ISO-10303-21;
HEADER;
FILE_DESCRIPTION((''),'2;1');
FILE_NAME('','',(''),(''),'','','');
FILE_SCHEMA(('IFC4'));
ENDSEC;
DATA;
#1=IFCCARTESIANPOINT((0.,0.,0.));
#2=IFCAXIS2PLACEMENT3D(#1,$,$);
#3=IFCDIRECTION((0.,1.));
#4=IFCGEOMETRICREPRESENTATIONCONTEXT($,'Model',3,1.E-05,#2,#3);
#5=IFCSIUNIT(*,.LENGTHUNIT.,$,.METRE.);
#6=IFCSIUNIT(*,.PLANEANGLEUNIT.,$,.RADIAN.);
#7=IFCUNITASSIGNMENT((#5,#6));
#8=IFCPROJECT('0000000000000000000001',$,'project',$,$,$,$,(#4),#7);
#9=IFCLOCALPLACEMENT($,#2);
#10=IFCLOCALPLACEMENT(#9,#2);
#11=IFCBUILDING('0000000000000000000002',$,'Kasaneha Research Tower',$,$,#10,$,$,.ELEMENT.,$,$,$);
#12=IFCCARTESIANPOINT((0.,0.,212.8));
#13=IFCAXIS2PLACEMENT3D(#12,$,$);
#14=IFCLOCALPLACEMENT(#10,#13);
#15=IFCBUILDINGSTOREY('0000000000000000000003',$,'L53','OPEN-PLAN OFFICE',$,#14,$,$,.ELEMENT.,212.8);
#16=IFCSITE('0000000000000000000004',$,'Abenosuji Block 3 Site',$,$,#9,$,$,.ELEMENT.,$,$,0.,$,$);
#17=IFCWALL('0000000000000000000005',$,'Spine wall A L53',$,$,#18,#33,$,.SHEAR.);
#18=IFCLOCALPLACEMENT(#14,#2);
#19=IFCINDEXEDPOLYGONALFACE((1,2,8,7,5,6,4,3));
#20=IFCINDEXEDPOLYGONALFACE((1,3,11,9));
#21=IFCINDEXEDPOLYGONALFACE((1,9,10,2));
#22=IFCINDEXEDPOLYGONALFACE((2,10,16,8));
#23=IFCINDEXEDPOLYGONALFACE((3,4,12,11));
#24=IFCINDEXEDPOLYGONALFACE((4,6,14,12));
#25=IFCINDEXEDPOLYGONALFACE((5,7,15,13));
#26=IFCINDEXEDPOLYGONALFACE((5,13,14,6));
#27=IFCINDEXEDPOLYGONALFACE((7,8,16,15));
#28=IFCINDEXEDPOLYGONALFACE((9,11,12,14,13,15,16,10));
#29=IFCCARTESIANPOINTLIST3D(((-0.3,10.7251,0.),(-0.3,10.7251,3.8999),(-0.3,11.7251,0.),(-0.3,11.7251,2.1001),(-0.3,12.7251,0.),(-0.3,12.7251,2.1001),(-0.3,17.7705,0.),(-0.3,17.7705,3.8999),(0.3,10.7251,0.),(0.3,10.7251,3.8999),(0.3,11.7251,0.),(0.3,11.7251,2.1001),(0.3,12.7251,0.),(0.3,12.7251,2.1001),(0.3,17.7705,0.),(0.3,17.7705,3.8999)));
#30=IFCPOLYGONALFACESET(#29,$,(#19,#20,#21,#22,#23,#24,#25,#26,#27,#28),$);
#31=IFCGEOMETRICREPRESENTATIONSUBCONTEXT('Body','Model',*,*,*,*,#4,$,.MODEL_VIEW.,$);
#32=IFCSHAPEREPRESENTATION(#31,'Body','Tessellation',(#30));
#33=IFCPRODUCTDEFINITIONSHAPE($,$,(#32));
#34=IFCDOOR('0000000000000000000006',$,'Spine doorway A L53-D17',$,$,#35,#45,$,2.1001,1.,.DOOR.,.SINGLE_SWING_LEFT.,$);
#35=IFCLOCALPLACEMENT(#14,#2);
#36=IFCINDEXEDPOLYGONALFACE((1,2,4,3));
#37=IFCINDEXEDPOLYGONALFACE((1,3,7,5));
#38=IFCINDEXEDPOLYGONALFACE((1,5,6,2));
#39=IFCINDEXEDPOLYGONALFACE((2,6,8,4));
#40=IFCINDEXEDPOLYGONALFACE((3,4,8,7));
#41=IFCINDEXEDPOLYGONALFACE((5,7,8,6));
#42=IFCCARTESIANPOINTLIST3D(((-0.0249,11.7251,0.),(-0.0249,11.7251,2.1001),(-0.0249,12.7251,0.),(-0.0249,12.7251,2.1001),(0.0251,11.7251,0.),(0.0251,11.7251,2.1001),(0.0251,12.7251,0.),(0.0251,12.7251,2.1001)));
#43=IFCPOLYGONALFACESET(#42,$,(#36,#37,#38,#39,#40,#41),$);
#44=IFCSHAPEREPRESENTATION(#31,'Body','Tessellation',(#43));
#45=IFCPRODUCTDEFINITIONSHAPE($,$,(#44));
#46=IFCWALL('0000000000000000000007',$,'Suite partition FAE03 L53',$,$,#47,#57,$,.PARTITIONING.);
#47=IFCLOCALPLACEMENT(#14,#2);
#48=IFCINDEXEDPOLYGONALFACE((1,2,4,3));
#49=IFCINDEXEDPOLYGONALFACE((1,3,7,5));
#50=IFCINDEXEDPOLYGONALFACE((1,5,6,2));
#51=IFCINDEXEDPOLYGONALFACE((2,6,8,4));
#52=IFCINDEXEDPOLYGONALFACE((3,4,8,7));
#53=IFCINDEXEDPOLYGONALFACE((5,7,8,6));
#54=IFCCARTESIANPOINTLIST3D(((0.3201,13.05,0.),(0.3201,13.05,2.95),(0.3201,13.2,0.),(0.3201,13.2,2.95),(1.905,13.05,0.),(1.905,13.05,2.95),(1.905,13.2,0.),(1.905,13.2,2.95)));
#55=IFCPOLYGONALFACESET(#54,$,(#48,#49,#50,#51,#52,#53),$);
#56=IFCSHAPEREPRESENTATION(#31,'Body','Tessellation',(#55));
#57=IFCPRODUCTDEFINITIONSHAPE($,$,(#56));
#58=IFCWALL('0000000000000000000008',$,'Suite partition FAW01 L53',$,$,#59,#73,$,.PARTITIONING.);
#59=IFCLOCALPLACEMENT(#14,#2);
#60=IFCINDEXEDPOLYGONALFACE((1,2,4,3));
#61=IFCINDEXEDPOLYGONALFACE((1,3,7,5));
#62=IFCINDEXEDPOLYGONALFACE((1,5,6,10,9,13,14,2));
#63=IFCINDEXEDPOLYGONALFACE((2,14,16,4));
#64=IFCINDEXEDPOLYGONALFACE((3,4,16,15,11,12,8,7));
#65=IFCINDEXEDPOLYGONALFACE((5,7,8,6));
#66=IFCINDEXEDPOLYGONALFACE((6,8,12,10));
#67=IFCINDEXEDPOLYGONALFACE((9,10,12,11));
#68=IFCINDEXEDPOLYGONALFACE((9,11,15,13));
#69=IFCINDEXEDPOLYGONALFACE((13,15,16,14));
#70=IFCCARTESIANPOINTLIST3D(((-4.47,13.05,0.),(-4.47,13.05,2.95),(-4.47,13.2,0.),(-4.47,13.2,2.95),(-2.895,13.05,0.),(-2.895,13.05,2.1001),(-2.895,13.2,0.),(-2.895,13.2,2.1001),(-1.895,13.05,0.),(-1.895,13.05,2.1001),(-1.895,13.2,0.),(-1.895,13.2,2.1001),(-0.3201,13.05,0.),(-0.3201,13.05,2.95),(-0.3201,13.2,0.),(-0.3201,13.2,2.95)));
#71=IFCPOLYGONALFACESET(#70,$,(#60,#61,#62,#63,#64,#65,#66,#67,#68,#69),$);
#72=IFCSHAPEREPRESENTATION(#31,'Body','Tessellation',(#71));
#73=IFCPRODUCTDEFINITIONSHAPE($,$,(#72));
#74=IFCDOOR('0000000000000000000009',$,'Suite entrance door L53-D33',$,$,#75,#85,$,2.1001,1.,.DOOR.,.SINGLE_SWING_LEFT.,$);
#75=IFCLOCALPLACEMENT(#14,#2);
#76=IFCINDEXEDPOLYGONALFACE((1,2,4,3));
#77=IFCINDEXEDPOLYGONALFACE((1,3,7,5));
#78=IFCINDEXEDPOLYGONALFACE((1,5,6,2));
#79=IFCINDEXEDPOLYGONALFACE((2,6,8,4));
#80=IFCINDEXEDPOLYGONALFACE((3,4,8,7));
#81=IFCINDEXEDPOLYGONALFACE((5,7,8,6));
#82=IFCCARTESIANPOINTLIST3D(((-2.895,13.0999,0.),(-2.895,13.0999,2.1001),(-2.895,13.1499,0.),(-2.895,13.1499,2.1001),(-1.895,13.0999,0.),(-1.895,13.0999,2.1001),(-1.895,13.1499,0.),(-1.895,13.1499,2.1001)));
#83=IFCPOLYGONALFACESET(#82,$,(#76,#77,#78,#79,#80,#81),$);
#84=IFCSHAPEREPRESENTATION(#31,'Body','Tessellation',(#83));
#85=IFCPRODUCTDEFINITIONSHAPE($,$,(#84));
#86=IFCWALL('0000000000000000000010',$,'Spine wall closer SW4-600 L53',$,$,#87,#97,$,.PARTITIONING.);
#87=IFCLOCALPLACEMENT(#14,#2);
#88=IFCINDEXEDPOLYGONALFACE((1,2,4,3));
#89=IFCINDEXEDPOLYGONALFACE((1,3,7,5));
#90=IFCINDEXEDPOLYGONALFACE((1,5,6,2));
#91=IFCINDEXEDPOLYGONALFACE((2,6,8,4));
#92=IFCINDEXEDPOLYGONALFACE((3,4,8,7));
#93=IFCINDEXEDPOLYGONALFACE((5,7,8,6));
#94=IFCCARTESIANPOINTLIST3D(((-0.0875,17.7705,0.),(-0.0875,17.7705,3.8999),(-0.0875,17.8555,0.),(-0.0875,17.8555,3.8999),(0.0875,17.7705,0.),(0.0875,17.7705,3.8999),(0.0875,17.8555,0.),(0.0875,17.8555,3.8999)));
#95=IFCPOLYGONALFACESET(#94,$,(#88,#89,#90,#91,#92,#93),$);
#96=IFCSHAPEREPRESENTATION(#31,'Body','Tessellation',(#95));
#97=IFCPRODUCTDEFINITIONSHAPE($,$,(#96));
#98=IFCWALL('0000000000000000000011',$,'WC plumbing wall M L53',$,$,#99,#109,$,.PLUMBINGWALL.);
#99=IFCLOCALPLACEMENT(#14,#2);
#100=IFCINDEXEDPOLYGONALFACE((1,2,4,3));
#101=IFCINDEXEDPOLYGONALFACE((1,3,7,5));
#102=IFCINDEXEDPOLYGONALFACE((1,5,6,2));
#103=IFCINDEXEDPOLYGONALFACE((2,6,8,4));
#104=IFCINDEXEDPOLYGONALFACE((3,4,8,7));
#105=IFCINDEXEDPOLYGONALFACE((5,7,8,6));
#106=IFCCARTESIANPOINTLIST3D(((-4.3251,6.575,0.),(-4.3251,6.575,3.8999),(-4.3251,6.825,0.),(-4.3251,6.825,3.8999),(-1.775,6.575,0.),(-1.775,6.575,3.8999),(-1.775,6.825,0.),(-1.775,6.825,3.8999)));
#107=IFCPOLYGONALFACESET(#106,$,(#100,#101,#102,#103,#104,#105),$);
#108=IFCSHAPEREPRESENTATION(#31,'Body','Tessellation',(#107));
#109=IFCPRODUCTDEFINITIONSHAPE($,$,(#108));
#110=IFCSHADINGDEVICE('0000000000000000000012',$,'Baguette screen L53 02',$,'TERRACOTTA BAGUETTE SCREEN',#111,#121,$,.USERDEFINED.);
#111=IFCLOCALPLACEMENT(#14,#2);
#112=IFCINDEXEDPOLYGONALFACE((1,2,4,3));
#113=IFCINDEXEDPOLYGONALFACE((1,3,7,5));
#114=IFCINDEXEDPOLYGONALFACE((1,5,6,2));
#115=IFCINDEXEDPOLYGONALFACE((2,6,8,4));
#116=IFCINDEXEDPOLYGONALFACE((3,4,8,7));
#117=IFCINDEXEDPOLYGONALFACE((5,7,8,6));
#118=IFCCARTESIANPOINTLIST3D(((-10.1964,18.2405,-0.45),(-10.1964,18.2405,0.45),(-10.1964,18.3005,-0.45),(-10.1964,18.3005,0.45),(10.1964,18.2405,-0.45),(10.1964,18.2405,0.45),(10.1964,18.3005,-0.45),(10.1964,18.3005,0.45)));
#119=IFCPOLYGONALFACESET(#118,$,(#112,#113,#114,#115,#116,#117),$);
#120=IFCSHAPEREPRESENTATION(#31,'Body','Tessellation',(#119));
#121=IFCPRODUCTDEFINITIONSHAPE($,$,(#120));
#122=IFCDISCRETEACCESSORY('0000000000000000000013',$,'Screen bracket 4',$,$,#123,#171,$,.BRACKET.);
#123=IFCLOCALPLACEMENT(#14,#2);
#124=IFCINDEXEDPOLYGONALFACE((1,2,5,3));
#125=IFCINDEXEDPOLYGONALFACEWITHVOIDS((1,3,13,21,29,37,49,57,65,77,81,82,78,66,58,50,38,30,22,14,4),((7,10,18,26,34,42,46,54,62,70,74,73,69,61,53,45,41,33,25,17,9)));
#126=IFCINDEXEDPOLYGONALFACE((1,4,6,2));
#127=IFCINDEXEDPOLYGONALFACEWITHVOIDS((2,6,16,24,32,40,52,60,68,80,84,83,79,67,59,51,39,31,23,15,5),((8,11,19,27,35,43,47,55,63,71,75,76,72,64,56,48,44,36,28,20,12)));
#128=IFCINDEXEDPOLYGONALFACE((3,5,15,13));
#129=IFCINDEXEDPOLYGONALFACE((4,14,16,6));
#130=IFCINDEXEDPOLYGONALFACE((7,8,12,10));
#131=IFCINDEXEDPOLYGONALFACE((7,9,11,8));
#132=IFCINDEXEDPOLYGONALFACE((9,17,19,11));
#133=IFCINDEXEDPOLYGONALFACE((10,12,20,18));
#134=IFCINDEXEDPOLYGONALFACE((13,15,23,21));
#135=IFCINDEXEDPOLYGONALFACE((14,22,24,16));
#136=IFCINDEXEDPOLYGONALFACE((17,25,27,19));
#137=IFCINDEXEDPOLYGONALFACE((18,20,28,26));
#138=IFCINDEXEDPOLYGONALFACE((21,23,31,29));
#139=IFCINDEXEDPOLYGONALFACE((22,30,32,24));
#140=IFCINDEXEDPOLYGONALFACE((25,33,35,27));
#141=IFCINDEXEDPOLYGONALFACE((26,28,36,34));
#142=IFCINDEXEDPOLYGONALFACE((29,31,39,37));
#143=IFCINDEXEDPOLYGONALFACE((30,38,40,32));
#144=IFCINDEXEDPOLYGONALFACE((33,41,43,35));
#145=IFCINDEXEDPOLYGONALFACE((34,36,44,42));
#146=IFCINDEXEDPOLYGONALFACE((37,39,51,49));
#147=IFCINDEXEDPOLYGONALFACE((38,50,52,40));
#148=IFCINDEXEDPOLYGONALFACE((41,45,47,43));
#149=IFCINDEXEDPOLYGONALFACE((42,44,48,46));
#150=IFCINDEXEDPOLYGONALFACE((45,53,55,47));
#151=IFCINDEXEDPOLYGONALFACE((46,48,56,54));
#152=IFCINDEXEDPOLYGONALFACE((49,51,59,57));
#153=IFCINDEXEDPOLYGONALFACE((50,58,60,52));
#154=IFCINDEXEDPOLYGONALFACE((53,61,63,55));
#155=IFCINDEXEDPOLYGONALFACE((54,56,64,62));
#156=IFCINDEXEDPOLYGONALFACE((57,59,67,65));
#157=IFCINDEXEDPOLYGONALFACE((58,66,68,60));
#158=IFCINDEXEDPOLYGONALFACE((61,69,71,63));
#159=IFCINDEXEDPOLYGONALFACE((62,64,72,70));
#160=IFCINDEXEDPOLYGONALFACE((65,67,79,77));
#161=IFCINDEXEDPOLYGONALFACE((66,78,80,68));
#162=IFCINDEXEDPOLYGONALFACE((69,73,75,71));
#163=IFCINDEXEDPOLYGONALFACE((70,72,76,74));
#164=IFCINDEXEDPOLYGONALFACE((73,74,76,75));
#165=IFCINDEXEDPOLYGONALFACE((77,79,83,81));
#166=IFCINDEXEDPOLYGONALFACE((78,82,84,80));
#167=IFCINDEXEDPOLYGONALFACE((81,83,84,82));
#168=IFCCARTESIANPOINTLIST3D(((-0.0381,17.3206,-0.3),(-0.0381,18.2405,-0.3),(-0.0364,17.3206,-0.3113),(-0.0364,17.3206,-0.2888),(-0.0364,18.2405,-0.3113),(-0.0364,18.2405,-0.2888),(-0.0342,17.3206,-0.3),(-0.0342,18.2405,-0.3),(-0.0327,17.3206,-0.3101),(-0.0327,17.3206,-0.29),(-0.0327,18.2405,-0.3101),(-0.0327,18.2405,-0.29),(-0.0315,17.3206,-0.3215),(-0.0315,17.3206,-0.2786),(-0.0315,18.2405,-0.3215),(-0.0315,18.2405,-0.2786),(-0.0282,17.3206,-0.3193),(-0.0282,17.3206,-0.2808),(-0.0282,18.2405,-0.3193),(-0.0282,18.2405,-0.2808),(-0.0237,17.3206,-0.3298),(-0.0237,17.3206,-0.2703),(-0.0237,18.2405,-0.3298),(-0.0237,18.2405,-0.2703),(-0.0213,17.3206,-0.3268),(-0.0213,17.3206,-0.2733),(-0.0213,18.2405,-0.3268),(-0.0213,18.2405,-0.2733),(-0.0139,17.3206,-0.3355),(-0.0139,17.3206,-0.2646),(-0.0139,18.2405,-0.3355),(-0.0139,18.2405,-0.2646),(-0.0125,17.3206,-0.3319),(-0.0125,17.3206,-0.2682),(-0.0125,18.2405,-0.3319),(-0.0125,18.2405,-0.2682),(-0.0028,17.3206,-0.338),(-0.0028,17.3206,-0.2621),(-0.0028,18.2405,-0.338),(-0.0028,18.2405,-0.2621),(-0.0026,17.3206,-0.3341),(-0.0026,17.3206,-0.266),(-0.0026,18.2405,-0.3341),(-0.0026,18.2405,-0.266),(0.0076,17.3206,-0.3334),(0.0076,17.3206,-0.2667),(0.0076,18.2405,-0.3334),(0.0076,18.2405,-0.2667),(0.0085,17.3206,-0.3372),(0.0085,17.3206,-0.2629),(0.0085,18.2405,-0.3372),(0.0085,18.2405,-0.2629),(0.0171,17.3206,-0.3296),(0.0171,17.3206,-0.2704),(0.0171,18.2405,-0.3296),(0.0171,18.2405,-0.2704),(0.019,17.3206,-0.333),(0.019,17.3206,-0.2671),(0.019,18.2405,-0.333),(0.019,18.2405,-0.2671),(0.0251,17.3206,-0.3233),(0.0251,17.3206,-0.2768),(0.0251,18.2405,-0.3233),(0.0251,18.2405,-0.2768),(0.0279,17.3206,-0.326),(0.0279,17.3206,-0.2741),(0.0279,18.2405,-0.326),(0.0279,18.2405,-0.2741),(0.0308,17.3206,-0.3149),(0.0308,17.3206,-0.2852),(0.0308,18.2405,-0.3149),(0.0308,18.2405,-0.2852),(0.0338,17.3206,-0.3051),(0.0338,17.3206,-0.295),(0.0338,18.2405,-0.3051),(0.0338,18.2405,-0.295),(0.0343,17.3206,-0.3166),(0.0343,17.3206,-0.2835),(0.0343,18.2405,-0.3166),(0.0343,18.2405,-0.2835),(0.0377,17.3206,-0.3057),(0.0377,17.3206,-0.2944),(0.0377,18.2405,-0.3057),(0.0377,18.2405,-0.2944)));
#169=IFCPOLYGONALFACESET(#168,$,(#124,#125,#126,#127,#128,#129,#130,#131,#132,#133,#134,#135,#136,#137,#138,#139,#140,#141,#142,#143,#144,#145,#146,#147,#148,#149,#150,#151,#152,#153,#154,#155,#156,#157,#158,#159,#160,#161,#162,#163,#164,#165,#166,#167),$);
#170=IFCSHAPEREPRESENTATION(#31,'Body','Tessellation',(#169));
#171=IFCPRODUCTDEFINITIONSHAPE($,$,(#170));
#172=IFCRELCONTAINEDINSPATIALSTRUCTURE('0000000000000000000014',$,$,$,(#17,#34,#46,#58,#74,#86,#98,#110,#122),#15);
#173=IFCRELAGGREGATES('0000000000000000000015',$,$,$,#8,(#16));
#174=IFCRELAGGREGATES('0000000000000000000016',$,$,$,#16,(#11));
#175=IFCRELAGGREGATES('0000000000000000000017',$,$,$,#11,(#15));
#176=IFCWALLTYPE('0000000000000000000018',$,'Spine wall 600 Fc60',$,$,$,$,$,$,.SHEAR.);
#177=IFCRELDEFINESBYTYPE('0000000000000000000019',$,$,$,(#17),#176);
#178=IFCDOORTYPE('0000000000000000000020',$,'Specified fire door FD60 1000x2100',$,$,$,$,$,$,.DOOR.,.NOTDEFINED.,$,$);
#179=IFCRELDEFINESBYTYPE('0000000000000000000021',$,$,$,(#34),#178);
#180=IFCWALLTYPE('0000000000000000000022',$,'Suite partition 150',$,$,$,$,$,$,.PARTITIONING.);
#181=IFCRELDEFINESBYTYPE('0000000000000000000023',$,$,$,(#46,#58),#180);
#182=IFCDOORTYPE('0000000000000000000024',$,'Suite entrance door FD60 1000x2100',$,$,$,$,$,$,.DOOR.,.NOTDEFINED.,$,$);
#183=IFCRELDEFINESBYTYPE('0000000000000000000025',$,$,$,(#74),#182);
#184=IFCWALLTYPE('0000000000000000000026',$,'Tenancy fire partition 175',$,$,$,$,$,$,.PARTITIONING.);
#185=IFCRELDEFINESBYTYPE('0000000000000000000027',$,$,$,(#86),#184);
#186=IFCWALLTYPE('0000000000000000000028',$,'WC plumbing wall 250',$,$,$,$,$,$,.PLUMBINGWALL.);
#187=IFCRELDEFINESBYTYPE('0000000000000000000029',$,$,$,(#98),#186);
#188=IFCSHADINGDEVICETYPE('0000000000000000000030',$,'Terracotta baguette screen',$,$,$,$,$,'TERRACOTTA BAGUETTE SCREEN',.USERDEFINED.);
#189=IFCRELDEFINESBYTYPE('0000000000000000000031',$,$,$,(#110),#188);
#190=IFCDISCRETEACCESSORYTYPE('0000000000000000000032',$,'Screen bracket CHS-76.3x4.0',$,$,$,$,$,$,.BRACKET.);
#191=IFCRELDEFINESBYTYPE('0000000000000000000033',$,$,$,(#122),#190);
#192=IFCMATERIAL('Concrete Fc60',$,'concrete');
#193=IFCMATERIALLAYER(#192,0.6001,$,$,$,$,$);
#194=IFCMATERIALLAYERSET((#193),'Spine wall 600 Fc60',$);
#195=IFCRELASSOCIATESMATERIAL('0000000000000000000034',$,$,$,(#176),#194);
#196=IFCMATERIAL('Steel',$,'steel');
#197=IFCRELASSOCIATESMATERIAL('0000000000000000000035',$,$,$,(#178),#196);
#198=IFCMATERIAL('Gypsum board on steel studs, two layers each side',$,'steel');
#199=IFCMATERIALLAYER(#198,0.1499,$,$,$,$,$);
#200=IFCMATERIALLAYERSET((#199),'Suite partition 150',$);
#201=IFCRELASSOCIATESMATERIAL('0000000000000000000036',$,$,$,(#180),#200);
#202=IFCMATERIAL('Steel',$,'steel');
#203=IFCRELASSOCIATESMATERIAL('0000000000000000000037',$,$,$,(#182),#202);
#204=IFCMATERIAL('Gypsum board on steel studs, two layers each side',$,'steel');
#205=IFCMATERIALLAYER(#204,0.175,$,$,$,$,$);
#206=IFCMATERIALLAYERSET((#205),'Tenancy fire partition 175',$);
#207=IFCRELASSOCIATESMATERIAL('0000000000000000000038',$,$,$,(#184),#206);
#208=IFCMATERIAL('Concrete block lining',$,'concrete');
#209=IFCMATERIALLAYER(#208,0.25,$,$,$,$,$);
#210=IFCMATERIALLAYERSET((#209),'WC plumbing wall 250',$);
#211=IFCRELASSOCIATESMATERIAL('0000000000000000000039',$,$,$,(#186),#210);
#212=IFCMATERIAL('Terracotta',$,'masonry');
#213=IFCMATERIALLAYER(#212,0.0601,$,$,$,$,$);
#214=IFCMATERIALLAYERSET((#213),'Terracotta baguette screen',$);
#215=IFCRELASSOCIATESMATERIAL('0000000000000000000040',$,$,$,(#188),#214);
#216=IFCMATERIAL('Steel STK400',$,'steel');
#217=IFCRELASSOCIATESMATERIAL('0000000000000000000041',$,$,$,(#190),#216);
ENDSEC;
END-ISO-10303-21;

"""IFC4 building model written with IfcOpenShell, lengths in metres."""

from ifc_helpers import new_model, si_unit, direction, frame, frame_2d, origin, origin_2d, place, context, subcontext, project, spatial, rectangle, hollow_circle, extrude, material, layer, layer_set, material_profile, profile_set, type_object, element, fill, save


model = new_model("IFC4")

# Units and contexts
model_context = context("Model", 3, precision=1e-05, world=origin(), true_north=direction((0.0, 1.0)))
body_context = subcontext(model_context, "Body", "Model", "MODEL_VIEW")
ifc_project = project(units=[si_unit("LENGTHUNIT", "METRE"), si_unit("PLANEANGLEUNIT", "RADIAN")], contexts=[model_context])

# Site, building, storey
site_placement = place(None, origin())
site = spatial("IfcSite", under=ifc_project, at=site_placement, Name="Abenosuji Block 3 Site", CompositionType="ELEMENT", RefElevation=0.0)
building_placement = place(site_placement, origin())
building = spatial("IfcBuilding", under=site, at=building_placement, Name="Kasaneha Research Tower", CompositionType="ELEMENT")
storey_placement = place(building_placement, frame((0.0, 0.0, 212.8)))
storey = spatial("IfcBuildingStorey", under=building, at=storey_placement, Name="L53", Description="OPEN-PLAN OFFICE", CompositionType="ELEMENT", Elevation=212.8)

# Wall, opening, door
ifc_material_1 = material(Name="Concrete Fc60", Category="concrete")
ifc_layer_1 = layer(ifc_material_1, 0.6001)
ifc_layer_set_1 = layer_set([ifc_layer_1], Name="Spine wall 600 Fc60")
wall_type_1 = type_object("IfcWallType", Name="Spine wall 600 Fc60", PredefinedType="SHEAR", material=ifc_layer_set_1)
wall_1_placement = place(storey_placement, frame((0.0, 10.7251, 0.0), z_axis=(0.0, 0.0, 1.0), x_axis=(0.0, 1.0, 0.0)))
wall_1 = element("IfcWall", 1, at=wall_1_placement, inside=storey, type_object=wall_type_1, Name="Spine wall A L53", PredefinedType="SHEAR", context=body_context, shape_type="SweptSolid", body=[
    extrude(rectangle(XDim=7.0454, YDim=0.6001, at=frame_2d((3.5227, 0.0))), origin(), (0.0, 0.0, 1.0), 3.8999),
])
opening_1_placement = place(wall_1_placement, frame((1.0, 0.0, 0.0)))
opening_1 = element("IfcOpeningElement", 2, at=opening_1_placement, cuts=wall_1, PredefinedType="OPENING", context=body_context, shape_type="SweptSolid", body=[
    extrude(rectangle(XDim=1.0, YDim=2.1001, at=frame_2d((0.5, 1.05))), frame((0.0, 0.3101, 0.0), z_axis=(0.0, -1.0, 0.0), x_axis=(1.0, 0.0, 0.0)), (0.0, 0.0, 1.0), 0.6201),
])
ifc_material_2 = material(Name="Steel", Category="steel")
door_type_1 = type_object("IfcDoorType", Name="Specified fire door FD60 1000x2100", OperationType="NOTDEFINED", PredefinedType="DOOR", material=ifc_material_2)
door_1_placement = place(opening_1_placement, origin())
door_1 = element("IfcDoor", 3, at=door_1_placement, inside=storey, type_object=door_type_1, Name="Spine doorway A L53-D17", OperationType="SINGLE_SWING_LEFT", OverallHeight=2.1001, OverallWidth=1.0, PredefinedType="DOOR", context=body_context, shape_type="SweptSolid", body=[
    extrude(rectangle(XDim=1.0, YDim=2.1001, at=frame_2d((0.5, 1.05))), frame((0.0, 0.0249, 0.0), z_axis=(0.0, -1.0, 0.0), x_axis=(1.0, 0.0, 0.0)), (0.0, 0.0, 1.0), 0.05),
])
fill(opening_1, door_1)

# Wall
ifc_material_3 = material(Name="Gypsum board on steel studs, two layers each side", Category="steel")
ifc_layer_2 = layer(ifc_material_3, 0.1499)
ifc_layer_set_2 = layer_set([ifc_layer_2], Name="Suite partition 150")
wall_type_2 = type_object("IfcWallType", Name="Suite partition 150", PredefinedType="PARTITIONING", material=ifc_layer_set_2)
wall_2_placement = place(storey_placement, frame((0.3201, 13.125, 0.0), z_axis=(0.0, 0.0, 1.0), x_axis=(1.0, 0.0, 0.0)))
element("IfcWall", 4, at=wall_2_placement, inside=storey, type_object=wall_type_2, Name="Suite partition FAE03 L53", PredefinedType="PARTITIONING", context=body_context, shape_type="SweptSolid", body=[
    extrude(rectangle(XDim=1.585, YDim=0.1499, at=frame_2d((0.7925, 0.0))), origin(), (0.0, 0.0, 1.0), 2.95),
])

# Wall, opening, door
wall_3_placement = place(storey_placement, frame((-4.47, 13.125, 0.0), z_axis=(0.0, 0.0, 1.0), x_axis=(1.0, 0.0, 0.0)))
wall_3 = element("IfcWall", 5, at=wall_3_placement, inside=storey, type_object=wall_type_2, Name="Suite partition FAW01 L53", PredefinedType="PARTITIONING", context=body_context, shape_type="SweptSolid", body=[
    extrude(rectangle(XDim=4.1499, YDim=0.1499, at=frame_2d((2.075, 0.0))), origin(), (0.0, 0.0, 1.0), 2.95),
])
opening_2_placement = place(wall_3_placement, frame((1.575, 0.0, 0.0)))
opening_2 = element("IfcOpeningElement", 6, at=opening_2_placement, cuts=wall_3, PredefinedType="OPENING", context=body_context, shape_type="SweptSolid", body=[
    extrude(rectangle(XDim=1.0, YDim=2.1001, at=frame_2d((0.5, 1.05))), frame((0.0, 0.085, 0.0), z_axis=(0.0, -1.0, 0.0), x_axis=(1.0, 0.0, 0.0)), (0.0, 0.0, 1.0), 0.1699),
])
ifc_material_4 = material(Name="Steel", Category="steel")
door_type_2 = type_object("IfcDoorType", Name="Suite entrance door FD60 1000x2100", OperationType="NOTDEFINED", PredefinedType="DOOR", material=ifc_material_4)
door_2_placement = place(opening_2_placement, origin())
door_2 = element("IfcDoor", 7, at=door_2_placement, inside=storey, type_object=door_type_2, Name="Suite entrance door L53-D33", OperationType="SINGLE_SWING_LEFT", OverallHeight=2.1001, OverallWidth=1.0, PredefinedType="DOOR", context=body_context, shape_type="SweptSolid", body=[
    extrude(rectangle(XDim=1.0, YDim=2.1001, at=frame_2d((0.5, 1.05))), frame((0.0, 0.0249, 0.0), z_axis=(0.0, -1.0, 0.0), x_axis=(1.0, 0.0, 0.0)), (0.0, 0.0, 1.0), 0.05),
])
fill(opening_2, door_2)

# Walls
ifc_material_5 = material(Name="Gypsum board on steel studs, two layers each side", Category="steel")
ifc_layer_3 = layer(ifc_material_5, 0.175)
ifc_layer_set_3 = layer_set([ifc_layer_3], Name="Tenancy fire partition 175")
wall_type_3 = type_object("IfcWallType", Name="Tenancy fire partition 175", PredefinedType="PARTITIONING", material=ifc_layer_set_3)
wall_4_placement = place(storey_placement, frame((0.0, 17.7705, 0.0), z_axis=(0.0, 0.0, 1.0), x_axis=(0.0, 1.0, 0.0)))
element("IfcWall", 8, at=wall_4_placement, inside=storey, type_object=wall_type_3, Name="Spine wall closer SW4-600 L53", PredefinedType="PARTITIONING", context=body_context, shape_type="SweptSolid", body=[
    extrude(rectangle(XDim=0.085, YDim=0.175, at=frame_2d((0.0425, 0.0))), origin(), (0.0, 0.0, 1.0), 3.8999),
])
ifc_material_6 = material(Name="Concrete block lining", Category="concrete")
ifc_layer_4 = layer(ifc_material_6, 0.25)
ifc_layer_set_4 = layer_set([ifc_layer_4], Name="WC plumbing wall 250")
wall_type_4 = type_object("IfcWallType", Name="WC plumbing wall 250", PredefinedType="PLUMBINGWALL", material=ifc_layer_set_4)
wall_5_placement = place(storey_placement, frame((-4.325, 6.7, 0.0), z_axis=(0.0, 0.0, 1.0), x_axis=(1.0, 0.0, 0.0)))
element("IfcWall", 9, at=wall_5_placement, inside=storey, type_object=wall_type_4, Name="WC plumbing wall M L53", PredefinedType="PLUMBINGWALL", context=body_context, shape_type="SweptSolid", body=[
    extrude(rectangle(XDim=2.55, YDim=0.25, at=frame_2d((1.2749, 0.0))), origin(), (0.0, 0.0, 1.0), 3.8999),
])

# Shading device
ifc_material_7 = material(Name="Terracotta", Category="masonry")
ifc_layer_5 = layer(ifc_material_7, 0.0601)
ifc_layer_set_5 = layer_set([ifc_layer_5], Name="Terracotta baguette screen")
shading_device_type = type_object("IfcShadingDeviceType", Name="Terracotta baguette screen", ElementType="TERRACOTTA BAGUETTE SCREEN", PredefinedType="USERDEFINED", material=ifc_layer_set_5)
shading_device_placement = place(storey_placement, frame((0.0, 18.2705, -0.45), z_axis=(0.0, 0.0, 1.0), x_axis=(-1.0, 0.0, 0.0)))
element("IfcShadingDevice", 10, at=shading_device_placement, inside=storey, type_object=shading_device_type, Name="Baguette screen L53 02", ObjectType="TERRACOTTA BAGUETTE SCREEN", PredefinedType="USERDEFINED", context=body_context, shape_type="SweptSolid", body=[
    extrude(rectangle(XDim=20.3928, YDim=0.0601, at=origin_2d()), origin(), (0.0, 0.0, 1.0), 0.8999),
])

# Discrete accessory
ifc_material_8 = material(Name="Steel STK400", Category="steel")
ifc_material_profile_1 = material_profile(ifc_material_8, hollow_circle(Radius=0.0381, WallThickness=0.0039, at=origin_2d()), Name="CHS-76.3x4.0")
ifc_profile_set_1 = profile_set([ifc_material_profile_1], Name="Steel STK400")
discrete_accessory_type = type_object("IfcDiscreteAccessoryType", Name="Screen bracket CHS-76.3x4.0", PredefinedType="BRACKET", material=ifc_profile_set_1)
for number, where, z_axis, x_axis, name in (
    (11, (0.0, 17.3206, -0.3), (0.0, 1.0, 0.0), (-1.0, 0.0, 0.0), "Screen bracket 4"),
):
    element("IfcDiscreteAccessory", number, at=place(storey_placement, frame(where, z_axis=z_axis, x_axis=x_axis)), inside=storey, type_object=discrete_accessory_type, Name=name, PredefinedType="BRACKET", context=body_context, shape_type="SweptSolid", body=[
        extrude(hollow_circle(Radius=0.0381, WallThickness=0.0039, at=origin_2d()), origin(), (0.0, 0.0, 1.0), 0.9199),
    ])

save(model, "model.ifc")
